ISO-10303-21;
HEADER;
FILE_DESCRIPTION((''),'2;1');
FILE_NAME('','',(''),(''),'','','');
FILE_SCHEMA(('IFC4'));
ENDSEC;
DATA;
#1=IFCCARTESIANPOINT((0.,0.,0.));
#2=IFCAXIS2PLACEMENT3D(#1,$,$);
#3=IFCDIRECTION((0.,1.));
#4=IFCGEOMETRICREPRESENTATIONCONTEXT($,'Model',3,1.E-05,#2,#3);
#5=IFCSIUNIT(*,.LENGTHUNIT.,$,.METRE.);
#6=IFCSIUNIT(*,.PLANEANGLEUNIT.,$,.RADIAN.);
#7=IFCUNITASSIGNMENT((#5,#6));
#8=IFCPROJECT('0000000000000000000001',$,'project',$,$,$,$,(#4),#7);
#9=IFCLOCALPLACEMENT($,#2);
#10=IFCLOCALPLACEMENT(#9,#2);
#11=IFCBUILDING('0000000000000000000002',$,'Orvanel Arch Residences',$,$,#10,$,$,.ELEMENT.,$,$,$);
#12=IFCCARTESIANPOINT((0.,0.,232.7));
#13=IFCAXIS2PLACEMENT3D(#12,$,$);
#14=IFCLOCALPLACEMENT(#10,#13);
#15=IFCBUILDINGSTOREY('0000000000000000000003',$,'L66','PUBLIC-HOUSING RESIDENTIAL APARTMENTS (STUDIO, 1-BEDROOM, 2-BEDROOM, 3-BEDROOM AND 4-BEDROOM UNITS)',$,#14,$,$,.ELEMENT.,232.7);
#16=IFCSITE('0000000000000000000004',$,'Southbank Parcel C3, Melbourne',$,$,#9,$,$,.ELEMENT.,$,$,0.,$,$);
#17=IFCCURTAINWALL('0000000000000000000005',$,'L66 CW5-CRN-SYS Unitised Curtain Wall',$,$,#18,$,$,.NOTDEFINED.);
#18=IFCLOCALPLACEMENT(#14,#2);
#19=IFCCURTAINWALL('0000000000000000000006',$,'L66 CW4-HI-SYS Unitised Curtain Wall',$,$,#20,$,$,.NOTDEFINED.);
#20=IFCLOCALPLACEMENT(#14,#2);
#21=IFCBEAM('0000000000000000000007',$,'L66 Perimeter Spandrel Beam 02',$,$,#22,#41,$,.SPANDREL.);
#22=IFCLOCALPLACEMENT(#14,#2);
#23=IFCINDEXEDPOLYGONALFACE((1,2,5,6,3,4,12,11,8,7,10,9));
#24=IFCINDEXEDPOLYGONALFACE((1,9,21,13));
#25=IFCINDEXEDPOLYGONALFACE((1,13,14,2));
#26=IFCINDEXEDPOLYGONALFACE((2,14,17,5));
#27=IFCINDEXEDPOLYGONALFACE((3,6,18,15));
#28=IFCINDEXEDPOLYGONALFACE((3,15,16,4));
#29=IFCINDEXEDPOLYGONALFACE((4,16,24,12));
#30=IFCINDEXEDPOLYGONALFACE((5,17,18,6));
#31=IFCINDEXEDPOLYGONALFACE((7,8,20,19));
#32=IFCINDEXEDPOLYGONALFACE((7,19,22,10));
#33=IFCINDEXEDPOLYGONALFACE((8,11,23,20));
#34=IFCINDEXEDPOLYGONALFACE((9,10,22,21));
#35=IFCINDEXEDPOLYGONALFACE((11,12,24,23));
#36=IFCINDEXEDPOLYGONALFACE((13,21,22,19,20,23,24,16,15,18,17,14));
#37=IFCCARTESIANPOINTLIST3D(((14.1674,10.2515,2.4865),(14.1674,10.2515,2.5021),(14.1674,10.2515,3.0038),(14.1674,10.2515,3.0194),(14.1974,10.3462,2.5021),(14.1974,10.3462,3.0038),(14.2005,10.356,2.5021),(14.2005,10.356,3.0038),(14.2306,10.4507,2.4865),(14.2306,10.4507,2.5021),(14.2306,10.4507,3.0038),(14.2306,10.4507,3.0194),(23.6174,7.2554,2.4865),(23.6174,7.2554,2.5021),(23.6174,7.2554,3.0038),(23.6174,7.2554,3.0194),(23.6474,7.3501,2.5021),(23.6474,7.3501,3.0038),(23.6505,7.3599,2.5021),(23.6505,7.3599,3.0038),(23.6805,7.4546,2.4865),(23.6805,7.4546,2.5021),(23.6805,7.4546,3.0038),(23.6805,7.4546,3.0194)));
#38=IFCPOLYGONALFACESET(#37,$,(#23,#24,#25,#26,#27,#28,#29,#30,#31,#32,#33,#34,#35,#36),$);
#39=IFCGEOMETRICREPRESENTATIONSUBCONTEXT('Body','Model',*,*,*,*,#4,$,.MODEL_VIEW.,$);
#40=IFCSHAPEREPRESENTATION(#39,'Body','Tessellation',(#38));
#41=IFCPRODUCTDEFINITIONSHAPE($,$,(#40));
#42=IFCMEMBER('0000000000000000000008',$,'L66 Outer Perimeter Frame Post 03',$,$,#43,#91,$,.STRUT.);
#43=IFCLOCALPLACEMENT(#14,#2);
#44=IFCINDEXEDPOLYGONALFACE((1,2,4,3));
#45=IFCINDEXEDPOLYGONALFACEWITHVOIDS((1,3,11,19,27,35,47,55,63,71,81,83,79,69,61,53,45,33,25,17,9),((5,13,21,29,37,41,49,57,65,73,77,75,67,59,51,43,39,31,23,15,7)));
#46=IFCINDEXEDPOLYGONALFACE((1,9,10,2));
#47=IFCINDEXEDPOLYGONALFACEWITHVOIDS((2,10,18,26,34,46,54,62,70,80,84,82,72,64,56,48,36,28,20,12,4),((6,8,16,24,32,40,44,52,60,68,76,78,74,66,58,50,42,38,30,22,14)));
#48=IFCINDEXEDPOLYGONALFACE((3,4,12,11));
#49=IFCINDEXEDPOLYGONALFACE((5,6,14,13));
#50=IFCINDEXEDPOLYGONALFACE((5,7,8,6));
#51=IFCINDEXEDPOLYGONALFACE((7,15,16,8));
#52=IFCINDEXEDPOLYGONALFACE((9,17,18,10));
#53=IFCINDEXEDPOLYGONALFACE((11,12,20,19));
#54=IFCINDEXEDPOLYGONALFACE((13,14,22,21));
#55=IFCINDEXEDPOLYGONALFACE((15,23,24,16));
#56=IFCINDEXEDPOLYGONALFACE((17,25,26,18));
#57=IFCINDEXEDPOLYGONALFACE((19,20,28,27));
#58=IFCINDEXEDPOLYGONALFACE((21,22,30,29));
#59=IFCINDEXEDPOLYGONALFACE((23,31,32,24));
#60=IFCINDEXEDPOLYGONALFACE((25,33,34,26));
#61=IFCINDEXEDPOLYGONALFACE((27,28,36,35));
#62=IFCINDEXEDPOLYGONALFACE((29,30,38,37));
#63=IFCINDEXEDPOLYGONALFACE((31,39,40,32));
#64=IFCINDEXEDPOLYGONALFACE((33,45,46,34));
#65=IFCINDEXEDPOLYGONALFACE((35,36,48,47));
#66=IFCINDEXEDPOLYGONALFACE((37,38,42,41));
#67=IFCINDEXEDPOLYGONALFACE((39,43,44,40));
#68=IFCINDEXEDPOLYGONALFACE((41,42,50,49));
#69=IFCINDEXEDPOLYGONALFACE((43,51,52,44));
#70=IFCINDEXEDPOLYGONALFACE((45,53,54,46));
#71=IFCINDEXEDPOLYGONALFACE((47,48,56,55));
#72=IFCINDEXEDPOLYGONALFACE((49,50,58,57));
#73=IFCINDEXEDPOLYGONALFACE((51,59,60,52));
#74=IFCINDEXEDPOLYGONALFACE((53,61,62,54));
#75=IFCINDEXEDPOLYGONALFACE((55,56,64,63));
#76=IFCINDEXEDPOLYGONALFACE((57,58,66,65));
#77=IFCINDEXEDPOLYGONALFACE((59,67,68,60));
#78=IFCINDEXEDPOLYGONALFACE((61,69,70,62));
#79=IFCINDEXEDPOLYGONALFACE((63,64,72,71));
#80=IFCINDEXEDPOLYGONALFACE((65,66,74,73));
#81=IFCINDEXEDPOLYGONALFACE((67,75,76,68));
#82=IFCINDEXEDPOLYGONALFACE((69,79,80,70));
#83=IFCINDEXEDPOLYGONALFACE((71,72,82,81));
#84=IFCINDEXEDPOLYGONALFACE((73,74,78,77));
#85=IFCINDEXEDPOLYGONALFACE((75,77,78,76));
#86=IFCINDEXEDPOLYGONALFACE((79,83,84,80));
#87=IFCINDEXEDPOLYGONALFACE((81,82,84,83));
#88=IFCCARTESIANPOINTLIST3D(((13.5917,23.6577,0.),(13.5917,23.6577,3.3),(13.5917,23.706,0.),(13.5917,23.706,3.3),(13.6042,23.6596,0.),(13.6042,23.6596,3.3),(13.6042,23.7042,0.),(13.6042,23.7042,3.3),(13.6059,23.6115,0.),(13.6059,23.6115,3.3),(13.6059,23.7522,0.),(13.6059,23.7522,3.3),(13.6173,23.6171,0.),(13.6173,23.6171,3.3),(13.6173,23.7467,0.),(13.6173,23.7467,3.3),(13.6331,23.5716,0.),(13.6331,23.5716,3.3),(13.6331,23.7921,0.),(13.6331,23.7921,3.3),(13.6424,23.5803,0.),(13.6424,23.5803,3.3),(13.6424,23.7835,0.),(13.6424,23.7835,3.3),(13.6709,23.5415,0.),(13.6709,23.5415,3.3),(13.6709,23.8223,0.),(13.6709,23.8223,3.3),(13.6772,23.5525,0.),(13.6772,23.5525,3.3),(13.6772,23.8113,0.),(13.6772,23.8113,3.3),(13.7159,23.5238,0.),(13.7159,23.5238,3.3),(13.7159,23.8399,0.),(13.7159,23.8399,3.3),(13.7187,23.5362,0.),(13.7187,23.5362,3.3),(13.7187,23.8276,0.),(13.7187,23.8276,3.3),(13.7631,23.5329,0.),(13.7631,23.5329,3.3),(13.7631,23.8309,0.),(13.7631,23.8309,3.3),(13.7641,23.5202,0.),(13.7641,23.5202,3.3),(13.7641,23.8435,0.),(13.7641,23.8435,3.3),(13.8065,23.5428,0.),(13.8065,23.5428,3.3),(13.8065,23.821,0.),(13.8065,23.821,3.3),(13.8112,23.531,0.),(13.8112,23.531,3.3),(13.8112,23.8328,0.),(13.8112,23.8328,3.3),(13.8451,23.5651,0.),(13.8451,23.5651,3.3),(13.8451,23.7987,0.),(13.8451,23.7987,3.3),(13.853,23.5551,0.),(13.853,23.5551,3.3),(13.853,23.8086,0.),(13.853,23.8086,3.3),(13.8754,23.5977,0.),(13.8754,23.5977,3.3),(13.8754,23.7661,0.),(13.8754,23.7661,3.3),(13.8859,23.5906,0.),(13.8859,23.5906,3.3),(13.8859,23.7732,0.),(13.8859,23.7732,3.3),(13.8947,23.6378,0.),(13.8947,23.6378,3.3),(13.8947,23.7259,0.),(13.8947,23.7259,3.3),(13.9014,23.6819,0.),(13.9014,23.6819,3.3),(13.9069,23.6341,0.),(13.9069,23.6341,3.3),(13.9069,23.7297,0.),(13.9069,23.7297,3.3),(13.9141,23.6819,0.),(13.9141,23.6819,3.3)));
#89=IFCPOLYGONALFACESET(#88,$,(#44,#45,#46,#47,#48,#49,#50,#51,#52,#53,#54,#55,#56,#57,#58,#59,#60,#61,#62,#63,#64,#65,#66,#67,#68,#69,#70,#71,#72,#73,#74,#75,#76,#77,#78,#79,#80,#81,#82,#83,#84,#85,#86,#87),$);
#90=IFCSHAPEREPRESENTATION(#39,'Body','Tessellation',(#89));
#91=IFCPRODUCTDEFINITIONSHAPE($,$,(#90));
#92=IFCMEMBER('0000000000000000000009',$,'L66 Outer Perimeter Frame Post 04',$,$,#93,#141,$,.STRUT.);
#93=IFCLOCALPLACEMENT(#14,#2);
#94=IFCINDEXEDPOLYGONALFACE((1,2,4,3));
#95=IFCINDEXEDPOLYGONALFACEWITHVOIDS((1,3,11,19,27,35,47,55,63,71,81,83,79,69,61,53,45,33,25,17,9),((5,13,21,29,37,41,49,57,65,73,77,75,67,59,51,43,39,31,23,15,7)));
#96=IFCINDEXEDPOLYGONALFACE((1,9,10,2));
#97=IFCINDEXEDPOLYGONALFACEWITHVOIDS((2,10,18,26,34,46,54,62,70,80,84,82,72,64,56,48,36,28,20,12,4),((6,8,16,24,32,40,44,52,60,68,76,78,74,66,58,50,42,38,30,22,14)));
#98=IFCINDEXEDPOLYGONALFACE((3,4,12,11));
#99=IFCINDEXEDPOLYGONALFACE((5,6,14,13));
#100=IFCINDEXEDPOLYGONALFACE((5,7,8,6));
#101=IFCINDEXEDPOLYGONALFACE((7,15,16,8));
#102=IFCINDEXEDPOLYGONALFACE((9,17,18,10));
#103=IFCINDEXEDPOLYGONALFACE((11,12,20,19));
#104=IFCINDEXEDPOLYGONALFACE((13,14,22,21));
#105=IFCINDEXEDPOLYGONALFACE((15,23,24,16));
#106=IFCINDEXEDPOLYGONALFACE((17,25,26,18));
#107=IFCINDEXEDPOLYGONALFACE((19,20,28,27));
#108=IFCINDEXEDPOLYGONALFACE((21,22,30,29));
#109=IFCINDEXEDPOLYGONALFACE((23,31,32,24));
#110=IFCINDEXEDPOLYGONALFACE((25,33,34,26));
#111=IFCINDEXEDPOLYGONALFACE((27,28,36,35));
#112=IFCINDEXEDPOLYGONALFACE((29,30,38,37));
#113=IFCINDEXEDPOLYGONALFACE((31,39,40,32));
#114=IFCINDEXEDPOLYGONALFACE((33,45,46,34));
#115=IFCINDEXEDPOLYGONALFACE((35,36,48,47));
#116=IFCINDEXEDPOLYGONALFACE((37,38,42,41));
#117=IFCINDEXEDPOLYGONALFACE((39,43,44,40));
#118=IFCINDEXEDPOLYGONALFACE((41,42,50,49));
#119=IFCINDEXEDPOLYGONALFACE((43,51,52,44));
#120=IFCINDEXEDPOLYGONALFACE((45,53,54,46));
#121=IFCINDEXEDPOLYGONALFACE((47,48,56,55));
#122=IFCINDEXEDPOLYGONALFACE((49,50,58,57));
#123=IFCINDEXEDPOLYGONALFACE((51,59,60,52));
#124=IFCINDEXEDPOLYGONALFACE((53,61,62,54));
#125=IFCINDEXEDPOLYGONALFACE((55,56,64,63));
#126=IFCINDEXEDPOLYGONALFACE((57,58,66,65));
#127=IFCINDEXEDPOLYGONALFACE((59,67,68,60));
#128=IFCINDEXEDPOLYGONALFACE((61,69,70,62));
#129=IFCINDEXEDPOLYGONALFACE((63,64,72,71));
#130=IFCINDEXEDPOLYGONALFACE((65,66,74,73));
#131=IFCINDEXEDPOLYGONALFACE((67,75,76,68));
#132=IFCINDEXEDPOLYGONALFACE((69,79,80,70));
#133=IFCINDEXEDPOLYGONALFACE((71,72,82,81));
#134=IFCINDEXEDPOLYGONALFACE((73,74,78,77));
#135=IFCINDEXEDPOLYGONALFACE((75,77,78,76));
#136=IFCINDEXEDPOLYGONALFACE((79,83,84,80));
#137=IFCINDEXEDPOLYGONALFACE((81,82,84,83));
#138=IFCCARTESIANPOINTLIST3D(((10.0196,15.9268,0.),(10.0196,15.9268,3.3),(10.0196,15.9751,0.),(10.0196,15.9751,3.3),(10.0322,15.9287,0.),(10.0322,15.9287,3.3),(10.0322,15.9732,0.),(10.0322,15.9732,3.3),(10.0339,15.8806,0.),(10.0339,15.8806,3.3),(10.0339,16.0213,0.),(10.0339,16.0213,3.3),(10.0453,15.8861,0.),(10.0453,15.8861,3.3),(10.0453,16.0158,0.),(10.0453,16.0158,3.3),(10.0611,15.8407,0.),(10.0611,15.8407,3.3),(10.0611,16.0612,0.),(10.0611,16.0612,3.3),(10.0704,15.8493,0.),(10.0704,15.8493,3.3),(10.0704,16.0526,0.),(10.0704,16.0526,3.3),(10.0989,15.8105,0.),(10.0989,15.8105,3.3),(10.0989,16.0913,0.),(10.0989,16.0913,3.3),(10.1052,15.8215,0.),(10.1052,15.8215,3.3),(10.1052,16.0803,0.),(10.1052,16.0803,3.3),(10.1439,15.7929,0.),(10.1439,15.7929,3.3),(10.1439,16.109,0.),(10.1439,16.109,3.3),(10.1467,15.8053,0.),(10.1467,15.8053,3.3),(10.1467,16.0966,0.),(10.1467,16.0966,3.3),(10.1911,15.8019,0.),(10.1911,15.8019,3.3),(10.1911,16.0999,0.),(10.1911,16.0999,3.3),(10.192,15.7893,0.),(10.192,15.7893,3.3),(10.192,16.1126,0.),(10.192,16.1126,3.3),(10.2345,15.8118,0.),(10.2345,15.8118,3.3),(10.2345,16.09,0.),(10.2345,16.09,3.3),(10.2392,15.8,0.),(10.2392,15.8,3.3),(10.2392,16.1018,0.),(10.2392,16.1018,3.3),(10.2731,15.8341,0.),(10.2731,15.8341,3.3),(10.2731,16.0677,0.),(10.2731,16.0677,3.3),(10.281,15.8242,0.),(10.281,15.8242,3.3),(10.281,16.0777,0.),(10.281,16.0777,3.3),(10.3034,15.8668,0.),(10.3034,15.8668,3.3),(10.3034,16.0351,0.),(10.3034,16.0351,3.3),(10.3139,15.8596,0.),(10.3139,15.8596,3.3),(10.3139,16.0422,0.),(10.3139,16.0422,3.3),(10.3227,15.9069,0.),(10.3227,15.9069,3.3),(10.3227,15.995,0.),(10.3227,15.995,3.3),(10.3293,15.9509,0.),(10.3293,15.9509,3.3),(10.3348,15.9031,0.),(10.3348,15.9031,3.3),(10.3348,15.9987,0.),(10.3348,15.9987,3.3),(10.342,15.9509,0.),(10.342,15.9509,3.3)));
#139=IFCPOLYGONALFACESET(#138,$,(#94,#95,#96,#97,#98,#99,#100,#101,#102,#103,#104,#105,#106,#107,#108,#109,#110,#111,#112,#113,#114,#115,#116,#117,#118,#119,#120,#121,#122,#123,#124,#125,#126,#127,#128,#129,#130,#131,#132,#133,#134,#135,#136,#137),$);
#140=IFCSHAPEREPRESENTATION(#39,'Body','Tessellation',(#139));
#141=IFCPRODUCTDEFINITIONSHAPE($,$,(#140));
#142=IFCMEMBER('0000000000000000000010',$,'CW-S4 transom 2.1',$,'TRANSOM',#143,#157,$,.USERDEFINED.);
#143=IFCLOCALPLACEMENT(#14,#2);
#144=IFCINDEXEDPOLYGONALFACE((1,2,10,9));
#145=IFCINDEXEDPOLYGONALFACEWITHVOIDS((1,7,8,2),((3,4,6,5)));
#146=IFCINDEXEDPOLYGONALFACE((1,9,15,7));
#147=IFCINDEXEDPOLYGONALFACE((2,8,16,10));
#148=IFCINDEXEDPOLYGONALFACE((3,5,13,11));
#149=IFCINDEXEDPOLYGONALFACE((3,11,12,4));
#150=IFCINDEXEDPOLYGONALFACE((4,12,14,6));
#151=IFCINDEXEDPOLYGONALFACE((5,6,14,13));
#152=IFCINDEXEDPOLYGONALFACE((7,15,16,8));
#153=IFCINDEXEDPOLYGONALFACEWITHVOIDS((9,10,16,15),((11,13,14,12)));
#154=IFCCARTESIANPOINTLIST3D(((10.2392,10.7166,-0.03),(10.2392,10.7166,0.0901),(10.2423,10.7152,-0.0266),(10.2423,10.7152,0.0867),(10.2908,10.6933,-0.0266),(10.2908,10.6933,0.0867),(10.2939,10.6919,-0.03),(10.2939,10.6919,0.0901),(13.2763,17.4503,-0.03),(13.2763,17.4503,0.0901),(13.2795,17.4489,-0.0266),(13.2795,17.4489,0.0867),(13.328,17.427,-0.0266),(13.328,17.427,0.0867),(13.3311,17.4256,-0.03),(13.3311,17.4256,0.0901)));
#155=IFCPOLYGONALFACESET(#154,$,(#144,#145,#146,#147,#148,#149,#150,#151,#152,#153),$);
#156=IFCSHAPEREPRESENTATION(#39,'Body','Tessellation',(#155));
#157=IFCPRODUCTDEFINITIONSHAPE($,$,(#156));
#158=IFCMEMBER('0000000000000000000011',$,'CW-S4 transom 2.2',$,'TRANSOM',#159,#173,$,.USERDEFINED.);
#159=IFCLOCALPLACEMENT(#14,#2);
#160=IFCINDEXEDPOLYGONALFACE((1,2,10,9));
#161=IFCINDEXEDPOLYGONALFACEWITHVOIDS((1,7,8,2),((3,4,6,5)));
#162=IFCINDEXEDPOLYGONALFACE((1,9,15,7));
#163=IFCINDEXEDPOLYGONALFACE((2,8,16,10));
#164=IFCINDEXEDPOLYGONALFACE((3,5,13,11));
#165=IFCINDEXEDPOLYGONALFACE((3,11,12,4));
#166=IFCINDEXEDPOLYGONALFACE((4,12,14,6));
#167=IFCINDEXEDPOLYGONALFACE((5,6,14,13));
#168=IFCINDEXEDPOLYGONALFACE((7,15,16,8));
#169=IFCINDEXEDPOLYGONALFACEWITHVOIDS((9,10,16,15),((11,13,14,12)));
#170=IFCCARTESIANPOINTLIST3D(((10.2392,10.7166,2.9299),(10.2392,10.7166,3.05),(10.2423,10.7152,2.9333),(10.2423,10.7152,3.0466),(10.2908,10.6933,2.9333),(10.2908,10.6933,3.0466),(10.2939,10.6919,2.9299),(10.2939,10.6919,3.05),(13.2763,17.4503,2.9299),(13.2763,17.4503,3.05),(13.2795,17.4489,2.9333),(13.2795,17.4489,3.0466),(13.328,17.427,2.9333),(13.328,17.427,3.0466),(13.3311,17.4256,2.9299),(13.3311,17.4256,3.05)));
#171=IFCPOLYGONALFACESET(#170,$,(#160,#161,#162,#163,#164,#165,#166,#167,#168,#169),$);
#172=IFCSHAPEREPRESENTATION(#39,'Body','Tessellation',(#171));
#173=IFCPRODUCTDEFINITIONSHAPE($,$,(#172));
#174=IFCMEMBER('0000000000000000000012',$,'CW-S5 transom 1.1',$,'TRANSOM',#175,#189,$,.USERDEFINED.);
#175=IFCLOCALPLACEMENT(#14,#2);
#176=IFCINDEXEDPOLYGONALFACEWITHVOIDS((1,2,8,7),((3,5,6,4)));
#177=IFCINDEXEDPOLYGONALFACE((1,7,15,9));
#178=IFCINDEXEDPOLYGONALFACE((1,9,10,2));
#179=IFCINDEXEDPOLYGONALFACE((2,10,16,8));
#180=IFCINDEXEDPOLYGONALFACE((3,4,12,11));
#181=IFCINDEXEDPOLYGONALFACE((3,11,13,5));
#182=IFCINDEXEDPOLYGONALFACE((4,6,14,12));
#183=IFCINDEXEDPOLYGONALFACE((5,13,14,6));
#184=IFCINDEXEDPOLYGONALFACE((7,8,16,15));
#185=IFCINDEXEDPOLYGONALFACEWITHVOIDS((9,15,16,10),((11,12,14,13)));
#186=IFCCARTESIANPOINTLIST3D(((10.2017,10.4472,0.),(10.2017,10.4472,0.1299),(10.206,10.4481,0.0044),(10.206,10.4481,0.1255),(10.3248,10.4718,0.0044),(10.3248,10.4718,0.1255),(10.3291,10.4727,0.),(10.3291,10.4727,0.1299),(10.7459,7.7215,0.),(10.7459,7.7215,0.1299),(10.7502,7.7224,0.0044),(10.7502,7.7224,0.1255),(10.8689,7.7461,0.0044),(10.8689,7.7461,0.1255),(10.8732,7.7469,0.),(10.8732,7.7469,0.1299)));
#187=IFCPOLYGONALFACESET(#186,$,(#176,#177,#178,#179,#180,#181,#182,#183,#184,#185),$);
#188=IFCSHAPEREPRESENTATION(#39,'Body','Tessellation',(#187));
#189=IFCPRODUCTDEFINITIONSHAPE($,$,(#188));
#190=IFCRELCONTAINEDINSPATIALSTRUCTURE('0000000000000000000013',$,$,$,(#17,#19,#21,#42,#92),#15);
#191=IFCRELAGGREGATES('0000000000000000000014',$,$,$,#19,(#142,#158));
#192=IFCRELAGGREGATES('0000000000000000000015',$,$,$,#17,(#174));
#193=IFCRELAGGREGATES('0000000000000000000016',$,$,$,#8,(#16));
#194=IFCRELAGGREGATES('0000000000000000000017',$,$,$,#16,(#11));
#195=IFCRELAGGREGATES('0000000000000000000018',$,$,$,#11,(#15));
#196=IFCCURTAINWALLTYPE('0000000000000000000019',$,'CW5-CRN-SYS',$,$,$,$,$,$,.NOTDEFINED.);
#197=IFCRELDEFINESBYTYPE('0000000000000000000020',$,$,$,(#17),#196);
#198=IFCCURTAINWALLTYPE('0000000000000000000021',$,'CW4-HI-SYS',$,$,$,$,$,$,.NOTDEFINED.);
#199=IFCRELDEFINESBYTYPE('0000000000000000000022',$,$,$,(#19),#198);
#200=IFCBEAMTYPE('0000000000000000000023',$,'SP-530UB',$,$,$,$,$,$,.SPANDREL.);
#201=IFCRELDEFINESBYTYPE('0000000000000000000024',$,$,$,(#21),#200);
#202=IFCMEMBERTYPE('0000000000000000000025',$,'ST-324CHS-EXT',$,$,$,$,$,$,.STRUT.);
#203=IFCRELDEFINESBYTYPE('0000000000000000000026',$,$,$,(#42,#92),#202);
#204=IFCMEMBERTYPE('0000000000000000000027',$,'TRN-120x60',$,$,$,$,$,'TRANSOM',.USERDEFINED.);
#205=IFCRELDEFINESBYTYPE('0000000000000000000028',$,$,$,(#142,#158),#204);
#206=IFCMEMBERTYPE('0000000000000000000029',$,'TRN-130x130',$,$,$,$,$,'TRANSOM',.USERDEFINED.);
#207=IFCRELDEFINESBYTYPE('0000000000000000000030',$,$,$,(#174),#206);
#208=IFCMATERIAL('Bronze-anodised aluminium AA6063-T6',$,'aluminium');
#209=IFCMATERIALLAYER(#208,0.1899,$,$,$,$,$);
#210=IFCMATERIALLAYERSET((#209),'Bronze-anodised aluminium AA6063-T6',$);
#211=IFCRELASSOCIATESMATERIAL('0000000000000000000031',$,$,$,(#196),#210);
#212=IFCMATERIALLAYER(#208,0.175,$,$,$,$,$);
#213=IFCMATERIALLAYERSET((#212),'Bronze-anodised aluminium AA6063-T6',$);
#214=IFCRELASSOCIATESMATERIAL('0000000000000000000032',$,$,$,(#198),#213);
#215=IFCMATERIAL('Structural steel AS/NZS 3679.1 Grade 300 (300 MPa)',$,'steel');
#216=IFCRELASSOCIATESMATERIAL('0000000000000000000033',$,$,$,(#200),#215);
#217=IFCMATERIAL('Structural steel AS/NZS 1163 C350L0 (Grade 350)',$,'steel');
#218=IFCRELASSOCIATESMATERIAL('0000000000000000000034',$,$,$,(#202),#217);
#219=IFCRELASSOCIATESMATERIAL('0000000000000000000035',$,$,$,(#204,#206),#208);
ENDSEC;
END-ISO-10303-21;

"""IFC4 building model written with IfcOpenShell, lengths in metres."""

from ifc_helpers import new_model, si_unit, direction, frame, origin, origin_2d, place, context, subcontext, project, spatial, hollow_rectangle, hollow_circle, i_section, extrude, material, layer, layer_set, material_profile, profile_set, type_object, element, aggregate, save


model = new_model("IFC4")

# Units and contexts
model_context = context("Model", 3, precision=1e-05, world=origin(), true_north=direction((0.0, 1.0)))
body_context = subcontext(model_context, "Body", "Model", "MODEL_VIEW")
ifc_project = project(units=[si_unit("LENGTHUNIT", "METRE"), si_unit("PLANEANGLEUNIT", "RADIAN")], contexts=[model_context])

# Site, building, storey
site_placement = place(None, origin())
site = spatial("IfcSite", under=ifc_project, at=site_placement, Name="Southbank Parcel C3, Melbourne", CompositionType="ELEMENT", RefElevation=0.0)
building_placement = place(site_placement, origin())
building = spatial("IfcBuilding", under=site, at=building_placement, Name="Orvanel Arch Residences", CompositionType="ELEMENT")
storey_placement = place(building_placement, frame((0.0, 0.0, 232.7)))
storey = spatial("IfcBuildingStorey", under=building, at=storey_placement, Name="L66", Description="PUBLIC-HOUSING RESIDENTIAL APARTMENTS (STUDIO, 1-BEDROOM, 2-BEDROOM, 3-BEDROOM AND 4-BEDROOM UNITS)", CompositionType="ELEMENT", Elevation=232.7)

# Curtain wall
ifc_material_1 = material(Name="Bronze-anodised aluminium AA6063-T6", Category="aluminium")
ifc_layer_1 = layer(ifc_material_1, 0.1899)
ifc_layer_set_1 = layer_set([ifc_layer_1], Name="Bronze-anodised aluminium AA6063-T6")
curtain_wall_type_1 = type_object("IfcCurtainWallType", Name="CW5-CRN-SYS", PredefinedType="NOTDEFINED", material=ifc_layer_set_1)
curtain_wall_1_placement = place(storey_placement, origin())
curtain_wall_1 = element("IfcCurtainWall", 1, at=curtain_wall_1_placement, inside=storey, type_object=curtain_wall_type_1, Name="L66 CW5-CRN-SYS Unitised Curtain Wall", PredefinedType="NOTDEFINED")

# Curtain wall
ifc_layer_2 = layer(ifc_material_1, 0.175)
ifc_layer_set_2 = layer_set([ifc_layer_2], Name="Bronze-anodised aluminium AA6063-T6")
curtain_wall_type_2 = type_object("IfcCurtainWallType", Name="CW4-HI-SYS", PredefinedType="NOTDEFINED", material=ifc_layer_set_2)
curtain_wall_2_placement = place(storey_placement, origin())
curtain_wall_2 = element("IfcCurtainWall", 2, at=curtain_wall_2_placement, inside=storey, type_object=curtain_wall_type_2, Name="L66 CW4-HI-SYS Unitised Curtain Wall", PredefinedType="NOTDEFINED")

# Beam
ifc_material_2 = material(Name="Structural steel AS/NZS 3679.1 Grade 300 (300 MPa)", Category="steel")
ifc_material_profile_1 = material_profile(ifc_material_2, i_section(OverallWidth=0.209, OverallDepth=0.533, WebThickness=0.0103, FlangeThickness=0.0156, at=origin_2d()), Name="530UB92.4")
ifc_profile_set_1 = profile_set([ifc_material_profile_1], Name="Structural steel AS/NZS 3679.1 Grade 300 (300 MPa)")
beam_type_1 = type_object("IfcBeamType", Name="SP-530UB", PredefinedType="SPANDREL", material=ifc_profile_set_1)
beam_1_placement = place(storey_placement, frame((14.199, 10.3511, 2.7529), z_axis=(0.953237, -0.302223, 0.0), x_axis=(0.302223, 0.953237, 0.0)))
element("IfcBeam", 3, at=beam_1_placement, inside=storey, type_object=beam_type_1, Name="L66 Perimeter Spandrel Beam 02", PredefinedType="SPANDREL", context=body_context, shape_type="SweptSolid", body=[
    extrude(i_section(OverallWidth=0.209, OverallDepth=0.533, WebThickness=0.0103, FlangeThickness=0.0156, at=origin_2d()), origin(), (0.0, 0.0, 1.0), 9.9136),
])

# Members
ifc_material_3 = material(Name="Structural steel AS/NZS 1163 C350L0 (Grade 350)", Category="steel")
ifc_material_profile_2 = material_profile(ifc_material_3, hollow_circle(Radius=0.1621, WallThickness=0.0127, at=origin_2d()), Name="CHS324x12.7")
ifc_profile_set_2 = profile_set([ifc_material_profile_2], Name="Structural steel AS/NZS 1163 C350L0 (Grade 350)")
member_type_1 = type_object("IfcMemberType", Name="ST-324CHS-EXT", PredefinedType="STRUT", material=ifc_profile_set_2)
for number, where, z_axis, x_axis, name in (
    (4, (13.752, 23.6819, 0.0), (0.0, 0.0, 1.0), (1.0, 0.0, 0.0), "L66 Outer Perimeter Frame Post 03"),
    (5, (10.1799, 15.9509, 0.0), (0.0, 0.0, 1.0), (1.0, 0.0, 0.0), "L66 Outer Perimeter Frame Post 04"),
):
    element("IfcMember", number, at=place(storey_placement, frame(where, z_axis=z_axis, x_axis=x_axis)), inside=storey, type_object=member_type_1, Name=name, PredefinedType="STRUT", context=body_context, shape_type="SweptSolid", body=[
        extrude(hollow_circle(Radius=0.1621, WallThickness=0.0127, at=origin_2d()), origin(), (0.0, 0.0, 1.0), 3.3),
    ])

# Members
ifc_material_profile_3 = material_profile(ifc_material_1, hollow_rectangle(XDim=0.0601, YDim=0.1201, WallThickness=0.0034, at=origin_2d()), Name="ALU120x60x3.5")
ifc_profile_set_3 = profile_set([ifc_material_profile_3], Name="Bronze-anodised aluminium AA6063-T6")
member_type_2 = type_object("IfcMemberType", Name="TRN-120x60", ElementType="TRANSOM", PredefinedType="USERDEFINED", material=ifc_profile_set_3)
member_1_placement = place(storey_placement, frame((13.3037, 17.438, 0.03), z_axis=(-0.411149, -0.911568, 0.0), x_axis=(0.911568, -0.411149, 0.0)))
member_1 = element("IfcMember", 6, at=member_1_placement, type_object=member_type_2, Name="CW-S4 transom 2.1", ObjectType="TRANSOM", PredefinedType="USERDEFINED", context=body_context, shape_type="SweptSolid", body=[
    extrude(hollow_rectangle(XDim=0.0601, YDim=0.1201, WallThickness=0.0034, at=origin_2d()), origin(), (0.0, 0.0, 1.0), 7.387),
])
member_2_placement = place(storey_placement, frame((13.3037, 17.438, 2.99), z_axis=(-0.411149, -0.911568, 0.0), x_axis=(0.911568, -0.411149, 0.0)))
member_2 = element("IfcMember", 7, at=member_2_placement, type_object=member_type_2, Name="CW-S4 transom 2.2", ObjectType="TRANSOM", PredefinedType="USERDEFINED", context=body_context, shape_type="SweptSolid", body=[
    extrude(hollow_rectangle(XDim=0.0601, YDim=0.1201, WallThickness=0.0034, at=origin_2d()), origin(), (0.0, 0.0, 1.0), 7.387),
])
ifc_material_profile_4 = material_profile(ifc_material_1, hollow_rectangle(XDim=0.1299, YDim=0.1299, WallThickness=0.0044, at=origin_2d()), Name="ALU130x130x4.5")
ifc_profile_set_4 = profile_set([ifc_material_profile_4], Name="Bronze-anodised aluminium AA6063-T6")
member_type_3 = type_object("IfcMemberType", Name="TRN-130x130", ElementType="TRANSOM", PredefinedType="USERDEFINED", material=ifc_profile_set_4)
member_3_placement = place(storey_placement, frame((10.2654, 10.46, 0.0649), z_axis=(0.195778, -0.980648, 0.0), x_axis=(0.980648, 0.195778, 0.0)))
member_3 = element("IfcMember", 8, at=member_3_placement, type_object=member_type_3, Name="CW-S5 transom 1.1", ObjectType="TRANSOM", PredefinedType="USERDEFINED", context=body_context, shape_type="SweptSolid", body=[
    extrude(hollow_rectangle(XDim=0.1299, YDim=0.1299, WallThickness=0.0044, at=origin_2d()), origin(), (0.0, 0.0, 1.0), 2.7795),
])

aggregate(curtain_wall_2, [member_1, member_2])
aggregate(curtain_wall_1, [member_3])

save(model, "model.ifc")
